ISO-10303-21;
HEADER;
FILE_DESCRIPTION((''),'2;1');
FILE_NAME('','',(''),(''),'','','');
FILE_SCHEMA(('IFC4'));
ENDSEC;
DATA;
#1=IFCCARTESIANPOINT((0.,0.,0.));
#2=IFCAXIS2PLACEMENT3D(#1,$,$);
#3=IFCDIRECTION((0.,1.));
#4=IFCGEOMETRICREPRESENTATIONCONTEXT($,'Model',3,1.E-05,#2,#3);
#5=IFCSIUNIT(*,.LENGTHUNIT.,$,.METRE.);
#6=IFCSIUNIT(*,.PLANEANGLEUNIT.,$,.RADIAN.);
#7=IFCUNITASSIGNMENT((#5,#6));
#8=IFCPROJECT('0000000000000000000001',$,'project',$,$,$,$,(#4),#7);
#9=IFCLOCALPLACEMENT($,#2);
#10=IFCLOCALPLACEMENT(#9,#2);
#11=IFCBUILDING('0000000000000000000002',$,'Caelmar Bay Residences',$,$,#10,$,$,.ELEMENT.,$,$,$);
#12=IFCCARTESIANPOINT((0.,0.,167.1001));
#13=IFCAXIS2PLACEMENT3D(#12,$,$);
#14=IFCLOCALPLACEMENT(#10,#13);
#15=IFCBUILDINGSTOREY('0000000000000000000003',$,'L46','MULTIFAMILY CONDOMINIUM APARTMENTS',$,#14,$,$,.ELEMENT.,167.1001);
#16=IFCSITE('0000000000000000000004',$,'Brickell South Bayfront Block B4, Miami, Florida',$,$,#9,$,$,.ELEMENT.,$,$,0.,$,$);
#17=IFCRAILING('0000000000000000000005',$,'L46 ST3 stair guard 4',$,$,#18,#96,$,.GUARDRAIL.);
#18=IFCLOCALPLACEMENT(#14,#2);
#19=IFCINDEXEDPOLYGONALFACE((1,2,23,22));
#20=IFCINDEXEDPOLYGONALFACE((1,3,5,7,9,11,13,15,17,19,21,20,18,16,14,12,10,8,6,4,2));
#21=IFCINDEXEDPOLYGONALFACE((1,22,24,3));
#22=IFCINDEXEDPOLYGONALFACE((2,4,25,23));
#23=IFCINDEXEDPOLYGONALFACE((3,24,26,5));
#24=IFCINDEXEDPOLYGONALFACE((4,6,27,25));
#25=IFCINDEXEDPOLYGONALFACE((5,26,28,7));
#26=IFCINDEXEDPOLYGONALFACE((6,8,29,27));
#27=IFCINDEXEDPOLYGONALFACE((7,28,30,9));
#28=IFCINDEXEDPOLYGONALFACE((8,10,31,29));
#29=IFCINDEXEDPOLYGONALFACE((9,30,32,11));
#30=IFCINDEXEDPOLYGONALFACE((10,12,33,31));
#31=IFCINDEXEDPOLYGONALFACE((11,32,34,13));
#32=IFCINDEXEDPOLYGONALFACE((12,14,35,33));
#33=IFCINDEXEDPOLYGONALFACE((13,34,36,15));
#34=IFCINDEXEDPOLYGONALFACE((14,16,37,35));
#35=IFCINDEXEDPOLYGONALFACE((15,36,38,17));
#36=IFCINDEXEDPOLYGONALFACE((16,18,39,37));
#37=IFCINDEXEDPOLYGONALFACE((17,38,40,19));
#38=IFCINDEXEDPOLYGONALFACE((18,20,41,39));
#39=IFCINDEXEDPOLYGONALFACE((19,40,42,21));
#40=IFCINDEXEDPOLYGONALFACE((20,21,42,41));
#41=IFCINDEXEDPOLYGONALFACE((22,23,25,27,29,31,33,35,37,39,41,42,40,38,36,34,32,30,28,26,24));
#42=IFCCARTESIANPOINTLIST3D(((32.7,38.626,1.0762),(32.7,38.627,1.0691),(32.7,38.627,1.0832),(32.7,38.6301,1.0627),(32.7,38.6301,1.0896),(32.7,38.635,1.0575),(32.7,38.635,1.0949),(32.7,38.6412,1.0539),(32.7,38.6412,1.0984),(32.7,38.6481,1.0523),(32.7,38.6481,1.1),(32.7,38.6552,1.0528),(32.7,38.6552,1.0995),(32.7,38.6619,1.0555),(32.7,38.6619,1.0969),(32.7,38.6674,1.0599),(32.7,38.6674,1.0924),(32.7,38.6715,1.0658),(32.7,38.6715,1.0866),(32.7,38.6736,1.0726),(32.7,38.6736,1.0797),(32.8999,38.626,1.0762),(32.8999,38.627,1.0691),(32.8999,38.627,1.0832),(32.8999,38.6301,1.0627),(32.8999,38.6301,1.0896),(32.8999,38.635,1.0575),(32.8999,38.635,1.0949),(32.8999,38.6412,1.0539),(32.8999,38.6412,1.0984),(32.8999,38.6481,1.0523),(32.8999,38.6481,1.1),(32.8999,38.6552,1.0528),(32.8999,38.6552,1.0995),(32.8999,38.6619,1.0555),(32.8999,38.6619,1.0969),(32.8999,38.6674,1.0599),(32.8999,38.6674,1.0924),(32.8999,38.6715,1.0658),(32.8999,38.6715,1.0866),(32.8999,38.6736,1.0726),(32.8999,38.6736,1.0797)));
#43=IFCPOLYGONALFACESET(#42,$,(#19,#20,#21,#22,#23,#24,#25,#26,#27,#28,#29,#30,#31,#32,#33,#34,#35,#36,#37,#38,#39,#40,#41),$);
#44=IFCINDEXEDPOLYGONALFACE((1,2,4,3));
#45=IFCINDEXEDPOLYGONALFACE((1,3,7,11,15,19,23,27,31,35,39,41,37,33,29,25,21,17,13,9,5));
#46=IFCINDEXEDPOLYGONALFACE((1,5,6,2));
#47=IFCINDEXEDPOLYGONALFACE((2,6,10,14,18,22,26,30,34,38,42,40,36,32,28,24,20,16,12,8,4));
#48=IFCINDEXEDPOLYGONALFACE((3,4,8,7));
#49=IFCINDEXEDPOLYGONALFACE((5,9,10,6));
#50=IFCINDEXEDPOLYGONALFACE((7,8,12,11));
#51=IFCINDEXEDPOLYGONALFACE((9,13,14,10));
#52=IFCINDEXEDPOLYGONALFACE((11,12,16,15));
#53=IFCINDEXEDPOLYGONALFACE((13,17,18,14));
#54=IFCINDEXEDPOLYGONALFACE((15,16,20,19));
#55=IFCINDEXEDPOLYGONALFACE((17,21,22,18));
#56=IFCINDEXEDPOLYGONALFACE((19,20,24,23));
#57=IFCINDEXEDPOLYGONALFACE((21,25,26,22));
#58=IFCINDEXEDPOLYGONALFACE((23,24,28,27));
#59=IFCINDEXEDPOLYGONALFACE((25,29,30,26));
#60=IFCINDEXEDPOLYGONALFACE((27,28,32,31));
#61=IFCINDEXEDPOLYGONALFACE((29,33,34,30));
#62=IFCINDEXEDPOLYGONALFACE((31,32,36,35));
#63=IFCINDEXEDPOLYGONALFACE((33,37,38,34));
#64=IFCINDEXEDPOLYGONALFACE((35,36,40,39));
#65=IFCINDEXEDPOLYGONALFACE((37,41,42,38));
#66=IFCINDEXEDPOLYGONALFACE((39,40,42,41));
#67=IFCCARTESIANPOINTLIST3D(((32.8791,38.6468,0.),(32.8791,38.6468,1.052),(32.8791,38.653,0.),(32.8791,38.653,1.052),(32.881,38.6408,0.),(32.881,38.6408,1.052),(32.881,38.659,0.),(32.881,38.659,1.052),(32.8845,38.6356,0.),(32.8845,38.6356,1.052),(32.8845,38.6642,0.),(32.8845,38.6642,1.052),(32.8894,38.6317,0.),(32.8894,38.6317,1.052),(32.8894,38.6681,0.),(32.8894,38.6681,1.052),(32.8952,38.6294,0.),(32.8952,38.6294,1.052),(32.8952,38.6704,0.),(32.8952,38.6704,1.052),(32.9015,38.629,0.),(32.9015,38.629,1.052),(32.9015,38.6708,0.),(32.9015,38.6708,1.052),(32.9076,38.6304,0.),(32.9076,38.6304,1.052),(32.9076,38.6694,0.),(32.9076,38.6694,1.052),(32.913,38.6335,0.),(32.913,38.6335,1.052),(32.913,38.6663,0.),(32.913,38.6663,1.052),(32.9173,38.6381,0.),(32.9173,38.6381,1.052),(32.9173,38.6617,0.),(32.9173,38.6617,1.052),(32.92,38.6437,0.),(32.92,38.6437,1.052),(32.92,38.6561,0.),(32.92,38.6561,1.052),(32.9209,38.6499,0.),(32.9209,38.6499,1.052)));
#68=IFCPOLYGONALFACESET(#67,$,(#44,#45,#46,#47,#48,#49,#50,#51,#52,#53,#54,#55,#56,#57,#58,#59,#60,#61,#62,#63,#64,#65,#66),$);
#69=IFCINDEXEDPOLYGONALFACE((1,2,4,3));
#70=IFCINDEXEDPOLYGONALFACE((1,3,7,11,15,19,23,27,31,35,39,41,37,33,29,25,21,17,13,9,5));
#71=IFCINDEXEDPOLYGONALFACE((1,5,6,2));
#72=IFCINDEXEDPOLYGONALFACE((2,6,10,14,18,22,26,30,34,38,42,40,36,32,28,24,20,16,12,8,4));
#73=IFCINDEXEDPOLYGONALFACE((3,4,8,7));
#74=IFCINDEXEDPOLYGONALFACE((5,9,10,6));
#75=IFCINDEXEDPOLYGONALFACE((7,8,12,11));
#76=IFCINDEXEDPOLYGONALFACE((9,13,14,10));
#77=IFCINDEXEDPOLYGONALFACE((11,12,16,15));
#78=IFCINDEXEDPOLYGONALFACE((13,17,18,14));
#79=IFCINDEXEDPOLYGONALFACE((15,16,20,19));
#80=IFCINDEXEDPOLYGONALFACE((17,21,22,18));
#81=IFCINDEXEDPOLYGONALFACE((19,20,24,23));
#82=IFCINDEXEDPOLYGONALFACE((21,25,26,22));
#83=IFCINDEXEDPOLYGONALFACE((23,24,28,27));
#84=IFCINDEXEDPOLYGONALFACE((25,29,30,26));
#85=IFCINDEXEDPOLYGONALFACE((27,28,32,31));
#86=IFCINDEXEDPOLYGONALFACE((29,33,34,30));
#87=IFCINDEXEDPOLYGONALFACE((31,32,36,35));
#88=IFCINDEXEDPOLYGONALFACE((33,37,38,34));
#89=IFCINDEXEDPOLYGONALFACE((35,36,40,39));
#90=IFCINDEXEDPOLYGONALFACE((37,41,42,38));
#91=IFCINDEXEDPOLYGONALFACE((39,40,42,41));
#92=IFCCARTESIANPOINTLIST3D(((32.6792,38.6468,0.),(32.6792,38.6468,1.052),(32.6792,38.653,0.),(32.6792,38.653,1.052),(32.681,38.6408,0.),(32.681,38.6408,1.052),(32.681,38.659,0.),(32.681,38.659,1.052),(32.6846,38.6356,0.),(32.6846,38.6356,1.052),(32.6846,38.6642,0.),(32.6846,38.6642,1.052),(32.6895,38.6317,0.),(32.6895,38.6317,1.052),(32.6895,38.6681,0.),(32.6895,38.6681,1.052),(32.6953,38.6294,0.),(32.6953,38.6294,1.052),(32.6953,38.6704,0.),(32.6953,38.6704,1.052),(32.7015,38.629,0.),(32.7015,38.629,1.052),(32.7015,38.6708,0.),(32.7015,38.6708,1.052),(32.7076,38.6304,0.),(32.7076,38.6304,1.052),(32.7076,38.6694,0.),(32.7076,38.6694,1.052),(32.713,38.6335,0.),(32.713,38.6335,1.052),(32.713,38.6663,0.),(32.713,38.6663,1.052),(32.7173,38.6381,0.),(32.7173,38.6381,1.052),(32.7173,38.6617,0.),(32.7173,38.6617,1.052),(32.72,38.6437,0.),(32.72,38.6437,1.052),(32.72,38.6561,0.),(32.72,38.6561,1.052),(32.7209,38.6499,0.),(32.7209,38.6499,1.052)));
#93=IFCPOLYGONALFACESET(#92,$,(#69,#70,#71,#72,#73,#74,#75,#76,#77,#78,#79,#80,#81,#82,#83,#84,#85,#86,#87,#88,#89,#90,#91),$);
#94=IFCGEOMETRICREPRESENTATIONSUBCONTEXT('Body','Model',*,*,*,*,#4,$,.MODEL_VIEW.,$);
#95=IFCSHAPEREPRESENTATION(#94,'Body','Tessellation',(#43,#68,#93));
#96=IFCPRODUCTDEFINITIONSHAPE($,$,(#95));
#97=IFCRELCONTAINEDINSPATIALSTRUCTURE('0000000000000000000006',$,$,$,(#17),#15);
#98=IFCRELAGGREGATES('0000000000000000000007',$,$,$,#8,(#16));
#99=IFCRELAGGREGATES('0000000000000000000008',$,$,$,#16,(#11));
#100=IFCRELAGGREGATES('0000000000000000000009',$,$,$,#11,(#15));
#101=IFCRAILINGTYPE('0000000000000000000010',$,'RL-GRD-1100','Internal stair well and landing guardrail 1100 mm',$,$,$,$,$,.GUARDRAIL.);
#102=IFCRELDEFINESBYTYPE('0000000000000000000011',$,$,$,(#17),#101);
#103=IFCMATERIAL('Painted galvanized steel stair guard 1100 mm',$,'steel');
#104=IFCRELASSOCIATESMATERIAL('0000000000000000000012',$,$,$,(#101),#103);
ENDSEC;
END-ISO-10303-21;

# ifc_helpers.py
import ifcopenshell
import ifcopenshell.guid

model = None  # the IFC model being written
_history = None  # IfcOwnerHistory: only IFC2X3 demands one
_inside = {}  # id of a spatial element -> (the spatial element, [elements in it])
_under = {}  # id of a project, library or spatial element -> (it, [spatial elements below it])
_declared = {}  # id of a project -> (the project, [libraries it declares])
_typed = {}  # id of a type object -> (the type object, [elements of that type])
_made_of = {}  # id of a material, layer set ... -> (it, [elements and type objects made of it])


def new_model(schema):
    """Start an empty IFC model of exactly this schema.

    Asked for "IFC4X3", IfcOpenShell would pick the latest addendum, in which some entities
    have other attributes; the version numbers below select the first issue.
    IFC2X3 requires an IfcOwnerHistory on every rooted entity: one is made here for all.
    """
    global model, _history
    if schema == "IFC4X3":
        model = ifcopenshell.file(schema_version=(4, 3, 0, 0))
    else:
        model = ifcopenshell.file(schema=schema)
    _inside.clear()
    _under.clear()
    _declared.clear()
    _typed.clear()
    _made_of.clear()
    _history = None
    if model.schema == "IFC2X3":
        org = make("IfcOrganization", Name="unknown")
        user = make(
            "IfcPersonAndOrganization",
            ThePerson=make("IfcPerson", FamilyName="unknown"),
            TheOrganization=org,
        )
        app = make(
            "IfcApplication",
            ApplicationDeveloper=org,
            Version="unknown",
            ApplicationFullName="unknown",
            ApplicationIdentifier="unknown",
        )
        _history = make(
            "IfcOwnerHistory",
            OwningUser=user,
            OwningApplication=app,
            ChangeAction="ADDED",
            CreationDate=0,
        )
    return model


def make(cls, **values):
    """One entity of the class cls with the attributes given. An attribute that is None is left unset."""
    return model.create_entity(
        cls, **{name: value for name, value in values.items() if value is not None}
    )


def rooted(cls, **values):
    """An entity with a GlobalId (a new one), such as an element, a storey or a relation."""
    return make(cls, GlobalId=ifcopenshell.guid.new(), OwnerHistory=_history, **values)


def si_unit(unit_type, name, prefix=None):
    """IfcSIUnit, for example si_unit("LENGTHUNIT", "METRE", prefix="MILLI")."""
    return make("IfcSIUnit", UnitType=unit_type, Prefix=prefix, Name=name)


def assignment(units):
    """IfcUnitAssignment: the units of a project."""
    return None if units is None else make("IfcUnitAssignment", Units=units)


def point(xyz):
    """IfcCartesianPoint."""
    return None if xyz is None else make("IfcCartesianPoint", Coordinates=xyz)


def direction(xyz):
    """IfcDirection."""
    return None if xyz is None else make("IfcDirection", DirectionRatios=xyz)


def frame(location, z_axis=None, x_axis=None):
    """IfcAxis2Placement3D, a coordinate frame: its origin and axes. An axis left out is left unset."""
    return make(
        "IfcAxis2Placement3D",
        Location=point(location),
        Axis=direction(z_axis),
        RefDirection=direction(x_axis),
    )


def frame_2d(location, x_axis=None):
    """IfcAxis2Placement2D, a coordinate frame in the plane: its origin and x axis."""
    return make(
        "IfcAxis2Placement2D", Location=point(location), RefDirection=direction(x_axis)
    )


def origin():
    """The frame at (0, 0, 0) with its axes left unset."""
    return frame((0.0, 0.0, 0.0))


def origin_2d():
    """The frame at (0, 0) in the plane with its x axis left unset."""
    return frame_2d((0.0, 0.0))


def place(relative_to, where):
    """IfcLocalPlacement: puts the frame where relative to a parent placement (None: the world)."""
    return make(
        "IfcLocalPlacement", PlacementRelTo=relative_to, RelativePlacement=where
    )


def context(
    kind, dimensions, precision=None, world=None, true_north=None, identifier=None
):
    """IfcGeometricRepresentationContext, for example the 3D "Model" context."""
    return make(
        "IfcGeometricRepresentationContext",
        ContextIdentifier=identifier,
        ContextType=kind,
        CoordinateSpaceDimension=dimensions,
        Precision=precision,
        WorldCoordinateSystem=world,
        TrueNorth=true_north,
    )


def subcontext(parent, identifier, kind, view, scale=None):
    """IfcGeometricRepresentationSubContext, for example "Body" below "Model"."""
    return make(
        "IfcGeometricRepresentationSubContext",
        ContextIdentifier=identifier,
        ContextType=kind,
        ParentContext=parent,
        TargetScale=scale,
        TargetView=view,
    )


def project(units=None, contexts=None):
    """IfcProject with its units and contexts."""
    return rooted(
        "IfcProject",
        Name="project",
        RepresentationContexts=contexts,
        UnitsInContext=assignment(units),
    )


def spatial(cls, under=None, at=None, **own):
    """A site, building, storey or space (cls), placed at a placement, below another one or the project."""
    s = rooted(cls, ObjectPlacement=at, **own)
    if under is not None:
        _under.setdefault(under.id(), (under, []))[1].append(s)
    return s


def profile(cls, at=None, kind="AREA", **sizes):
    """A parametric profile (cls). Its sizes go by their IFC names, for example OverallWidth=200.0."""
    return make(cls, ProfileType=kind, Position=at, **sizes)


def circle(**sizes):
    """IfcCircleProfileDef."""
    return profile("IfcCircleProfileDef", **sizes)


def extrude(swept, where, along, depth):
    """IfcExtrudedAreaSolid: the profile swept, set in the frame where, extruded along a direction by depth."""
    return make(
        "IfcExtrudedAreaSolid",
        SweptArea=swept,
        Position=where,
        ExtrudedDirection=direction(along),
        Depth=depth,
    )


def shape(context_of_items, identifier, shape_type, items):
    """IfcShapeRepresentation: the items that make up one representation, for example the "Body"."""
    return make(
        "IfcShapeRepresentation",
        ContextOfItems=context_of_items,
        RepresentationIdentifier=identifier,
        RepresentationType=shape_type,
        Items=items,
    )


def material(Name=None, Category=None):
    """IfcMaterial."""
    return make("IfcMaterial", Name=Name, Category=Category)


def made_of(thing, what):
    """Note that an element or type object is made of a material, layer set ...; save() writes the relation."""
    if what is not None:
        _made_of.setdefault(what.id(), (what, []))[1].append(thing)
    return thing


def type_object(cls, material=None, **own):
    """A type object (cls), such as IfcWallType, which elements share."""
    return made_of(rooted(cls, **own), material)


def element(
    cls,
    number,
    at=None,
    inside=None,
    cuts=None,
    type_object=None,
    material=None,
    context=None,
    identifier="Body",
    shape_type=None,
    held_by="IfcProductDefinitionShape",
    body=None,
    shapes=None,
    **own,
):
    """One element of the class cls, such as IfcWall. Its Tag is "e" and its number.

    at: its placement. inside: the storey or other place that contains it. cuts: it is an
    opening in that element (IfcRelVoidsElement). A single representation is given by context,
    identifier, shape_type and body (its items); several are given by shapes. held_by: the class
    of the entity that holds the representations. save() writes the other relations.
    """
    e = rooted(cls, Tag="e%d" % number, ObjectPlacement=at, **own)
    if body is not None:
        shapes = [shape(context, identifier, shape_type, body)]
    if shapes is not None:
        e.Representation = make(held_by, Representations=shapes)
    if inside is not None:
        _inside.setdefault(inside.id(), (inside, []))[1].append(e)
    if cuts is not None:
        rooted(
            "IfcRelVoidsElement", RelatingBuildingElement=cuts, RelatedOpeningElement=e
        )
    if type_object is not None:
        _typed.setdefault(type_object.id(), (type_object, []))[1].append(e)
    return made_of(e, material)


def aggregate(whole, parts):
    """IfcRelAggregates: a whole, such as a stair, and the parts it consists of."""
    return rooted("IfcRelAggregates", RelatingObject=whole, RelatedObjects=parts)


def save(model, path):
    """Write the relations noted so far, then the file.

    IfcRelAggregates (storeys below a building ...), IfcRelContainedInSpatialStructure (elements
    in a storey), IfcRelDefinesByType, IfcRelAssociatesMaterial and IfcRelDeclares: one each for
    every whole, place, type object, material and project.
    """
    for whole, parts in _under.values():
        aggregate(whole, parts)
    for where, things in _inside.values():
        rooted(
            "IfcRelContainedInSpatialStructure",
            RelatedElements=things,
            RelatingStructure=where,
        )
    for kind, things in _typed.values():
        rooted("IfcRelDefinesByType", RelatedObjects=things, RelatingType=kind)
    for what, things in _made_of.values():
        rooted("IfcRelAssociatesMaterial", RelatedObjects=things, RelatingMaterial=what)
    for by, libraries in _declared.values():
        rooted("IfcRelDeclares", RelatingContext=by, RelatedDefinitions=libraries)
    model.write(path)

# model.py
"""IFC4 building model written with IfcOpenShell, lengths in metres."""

from ifc_helpers import new_model, si_unit, direction, frame, origin, origin_2d, place, context, subcontext, project, spatial, circle, extrude, material, type_object, element, save


model = new_model("IFC4")

# Units and contexts
model_context = context("Model", 3, precision=1e-05, world=origin(), true_north=direction((0.0, 1.0)))
body_context = subcontext(model_context, "Body", "Model", "MODEL_VIEW")
ifc_project = project(units=[si_unit("LENGTHUNIT", "METRE"), si_unit("PLANEANGLEUNIT", "RADIAN")], contexts=[model_context])

# Site, building, storey
site_placement = place(None, origin())
site = spatial("IfcSite", under=ifc_project, at=site_placement, Name="Brickell South Bayfront Block B4, Miami, Florida", CompositionType="ELEMENT", RefElevation=0.0)
building_placement = place(site_placement, origin())
building = spatial("IfcBuilding", under=site, at=building_placement, Name="Caelmar Bay Residences", CompositionType="ELEMENT")
storey_placement = place(building_placement, frame((0.0, 0.0, 167.1001)))
storey = spatial("IfcBuildingStorey", under=building, at=storey_placement, Name="L46", Description="MULTIFAMILY CONDOMINIUM APARTMENTS", CompositionType="ELEMENT", Elevation=167.1001)

# Railing
ifc_material_1 = material(Name="Painted galvanized steel stair guard 1100 mm", Category="steel")
railing_type_1 = type_object("IfcRailingType", Name="RL-GRD-1100", Description="Internal stair well and landing guardrail 1100 mm", PredefinedType="GUARDRAIL", material=ifc_material_1)
railing_1_placement = place(storey_placement, frame((32.8999, 38.6499, 0.0)))
element("IfcRailing", 1, at=railing_1_placement, inside=storey, type_object=railing_type_1, Name="L46 ST3 stair guard 4", PredefinedType="GUARDRAIL", context=body_context, shape_type="SweptSolid", body=[
    extrude(circle(Radius=0.0239, at=origin_2d()), frame((0.0, 0.0, 1.0762), z_axis=(-1.0, 0.0, 0.0), x_axis=(0.0, -1.0, 0.0)), (0.0, 0.0, 1.0), 0.2),
    extrude(circle(Radius=0.021, at=origin_2d()), origin(), (0.0, 0.0, 1.0), 1.052),
    extrude(circle(Radius=0.021, at=origin_2d()), frame((-0.2, 0.0, 0.0)), (0.0, 0.0, 1.0), 1.052),
])

save(model, "model.ifc")
